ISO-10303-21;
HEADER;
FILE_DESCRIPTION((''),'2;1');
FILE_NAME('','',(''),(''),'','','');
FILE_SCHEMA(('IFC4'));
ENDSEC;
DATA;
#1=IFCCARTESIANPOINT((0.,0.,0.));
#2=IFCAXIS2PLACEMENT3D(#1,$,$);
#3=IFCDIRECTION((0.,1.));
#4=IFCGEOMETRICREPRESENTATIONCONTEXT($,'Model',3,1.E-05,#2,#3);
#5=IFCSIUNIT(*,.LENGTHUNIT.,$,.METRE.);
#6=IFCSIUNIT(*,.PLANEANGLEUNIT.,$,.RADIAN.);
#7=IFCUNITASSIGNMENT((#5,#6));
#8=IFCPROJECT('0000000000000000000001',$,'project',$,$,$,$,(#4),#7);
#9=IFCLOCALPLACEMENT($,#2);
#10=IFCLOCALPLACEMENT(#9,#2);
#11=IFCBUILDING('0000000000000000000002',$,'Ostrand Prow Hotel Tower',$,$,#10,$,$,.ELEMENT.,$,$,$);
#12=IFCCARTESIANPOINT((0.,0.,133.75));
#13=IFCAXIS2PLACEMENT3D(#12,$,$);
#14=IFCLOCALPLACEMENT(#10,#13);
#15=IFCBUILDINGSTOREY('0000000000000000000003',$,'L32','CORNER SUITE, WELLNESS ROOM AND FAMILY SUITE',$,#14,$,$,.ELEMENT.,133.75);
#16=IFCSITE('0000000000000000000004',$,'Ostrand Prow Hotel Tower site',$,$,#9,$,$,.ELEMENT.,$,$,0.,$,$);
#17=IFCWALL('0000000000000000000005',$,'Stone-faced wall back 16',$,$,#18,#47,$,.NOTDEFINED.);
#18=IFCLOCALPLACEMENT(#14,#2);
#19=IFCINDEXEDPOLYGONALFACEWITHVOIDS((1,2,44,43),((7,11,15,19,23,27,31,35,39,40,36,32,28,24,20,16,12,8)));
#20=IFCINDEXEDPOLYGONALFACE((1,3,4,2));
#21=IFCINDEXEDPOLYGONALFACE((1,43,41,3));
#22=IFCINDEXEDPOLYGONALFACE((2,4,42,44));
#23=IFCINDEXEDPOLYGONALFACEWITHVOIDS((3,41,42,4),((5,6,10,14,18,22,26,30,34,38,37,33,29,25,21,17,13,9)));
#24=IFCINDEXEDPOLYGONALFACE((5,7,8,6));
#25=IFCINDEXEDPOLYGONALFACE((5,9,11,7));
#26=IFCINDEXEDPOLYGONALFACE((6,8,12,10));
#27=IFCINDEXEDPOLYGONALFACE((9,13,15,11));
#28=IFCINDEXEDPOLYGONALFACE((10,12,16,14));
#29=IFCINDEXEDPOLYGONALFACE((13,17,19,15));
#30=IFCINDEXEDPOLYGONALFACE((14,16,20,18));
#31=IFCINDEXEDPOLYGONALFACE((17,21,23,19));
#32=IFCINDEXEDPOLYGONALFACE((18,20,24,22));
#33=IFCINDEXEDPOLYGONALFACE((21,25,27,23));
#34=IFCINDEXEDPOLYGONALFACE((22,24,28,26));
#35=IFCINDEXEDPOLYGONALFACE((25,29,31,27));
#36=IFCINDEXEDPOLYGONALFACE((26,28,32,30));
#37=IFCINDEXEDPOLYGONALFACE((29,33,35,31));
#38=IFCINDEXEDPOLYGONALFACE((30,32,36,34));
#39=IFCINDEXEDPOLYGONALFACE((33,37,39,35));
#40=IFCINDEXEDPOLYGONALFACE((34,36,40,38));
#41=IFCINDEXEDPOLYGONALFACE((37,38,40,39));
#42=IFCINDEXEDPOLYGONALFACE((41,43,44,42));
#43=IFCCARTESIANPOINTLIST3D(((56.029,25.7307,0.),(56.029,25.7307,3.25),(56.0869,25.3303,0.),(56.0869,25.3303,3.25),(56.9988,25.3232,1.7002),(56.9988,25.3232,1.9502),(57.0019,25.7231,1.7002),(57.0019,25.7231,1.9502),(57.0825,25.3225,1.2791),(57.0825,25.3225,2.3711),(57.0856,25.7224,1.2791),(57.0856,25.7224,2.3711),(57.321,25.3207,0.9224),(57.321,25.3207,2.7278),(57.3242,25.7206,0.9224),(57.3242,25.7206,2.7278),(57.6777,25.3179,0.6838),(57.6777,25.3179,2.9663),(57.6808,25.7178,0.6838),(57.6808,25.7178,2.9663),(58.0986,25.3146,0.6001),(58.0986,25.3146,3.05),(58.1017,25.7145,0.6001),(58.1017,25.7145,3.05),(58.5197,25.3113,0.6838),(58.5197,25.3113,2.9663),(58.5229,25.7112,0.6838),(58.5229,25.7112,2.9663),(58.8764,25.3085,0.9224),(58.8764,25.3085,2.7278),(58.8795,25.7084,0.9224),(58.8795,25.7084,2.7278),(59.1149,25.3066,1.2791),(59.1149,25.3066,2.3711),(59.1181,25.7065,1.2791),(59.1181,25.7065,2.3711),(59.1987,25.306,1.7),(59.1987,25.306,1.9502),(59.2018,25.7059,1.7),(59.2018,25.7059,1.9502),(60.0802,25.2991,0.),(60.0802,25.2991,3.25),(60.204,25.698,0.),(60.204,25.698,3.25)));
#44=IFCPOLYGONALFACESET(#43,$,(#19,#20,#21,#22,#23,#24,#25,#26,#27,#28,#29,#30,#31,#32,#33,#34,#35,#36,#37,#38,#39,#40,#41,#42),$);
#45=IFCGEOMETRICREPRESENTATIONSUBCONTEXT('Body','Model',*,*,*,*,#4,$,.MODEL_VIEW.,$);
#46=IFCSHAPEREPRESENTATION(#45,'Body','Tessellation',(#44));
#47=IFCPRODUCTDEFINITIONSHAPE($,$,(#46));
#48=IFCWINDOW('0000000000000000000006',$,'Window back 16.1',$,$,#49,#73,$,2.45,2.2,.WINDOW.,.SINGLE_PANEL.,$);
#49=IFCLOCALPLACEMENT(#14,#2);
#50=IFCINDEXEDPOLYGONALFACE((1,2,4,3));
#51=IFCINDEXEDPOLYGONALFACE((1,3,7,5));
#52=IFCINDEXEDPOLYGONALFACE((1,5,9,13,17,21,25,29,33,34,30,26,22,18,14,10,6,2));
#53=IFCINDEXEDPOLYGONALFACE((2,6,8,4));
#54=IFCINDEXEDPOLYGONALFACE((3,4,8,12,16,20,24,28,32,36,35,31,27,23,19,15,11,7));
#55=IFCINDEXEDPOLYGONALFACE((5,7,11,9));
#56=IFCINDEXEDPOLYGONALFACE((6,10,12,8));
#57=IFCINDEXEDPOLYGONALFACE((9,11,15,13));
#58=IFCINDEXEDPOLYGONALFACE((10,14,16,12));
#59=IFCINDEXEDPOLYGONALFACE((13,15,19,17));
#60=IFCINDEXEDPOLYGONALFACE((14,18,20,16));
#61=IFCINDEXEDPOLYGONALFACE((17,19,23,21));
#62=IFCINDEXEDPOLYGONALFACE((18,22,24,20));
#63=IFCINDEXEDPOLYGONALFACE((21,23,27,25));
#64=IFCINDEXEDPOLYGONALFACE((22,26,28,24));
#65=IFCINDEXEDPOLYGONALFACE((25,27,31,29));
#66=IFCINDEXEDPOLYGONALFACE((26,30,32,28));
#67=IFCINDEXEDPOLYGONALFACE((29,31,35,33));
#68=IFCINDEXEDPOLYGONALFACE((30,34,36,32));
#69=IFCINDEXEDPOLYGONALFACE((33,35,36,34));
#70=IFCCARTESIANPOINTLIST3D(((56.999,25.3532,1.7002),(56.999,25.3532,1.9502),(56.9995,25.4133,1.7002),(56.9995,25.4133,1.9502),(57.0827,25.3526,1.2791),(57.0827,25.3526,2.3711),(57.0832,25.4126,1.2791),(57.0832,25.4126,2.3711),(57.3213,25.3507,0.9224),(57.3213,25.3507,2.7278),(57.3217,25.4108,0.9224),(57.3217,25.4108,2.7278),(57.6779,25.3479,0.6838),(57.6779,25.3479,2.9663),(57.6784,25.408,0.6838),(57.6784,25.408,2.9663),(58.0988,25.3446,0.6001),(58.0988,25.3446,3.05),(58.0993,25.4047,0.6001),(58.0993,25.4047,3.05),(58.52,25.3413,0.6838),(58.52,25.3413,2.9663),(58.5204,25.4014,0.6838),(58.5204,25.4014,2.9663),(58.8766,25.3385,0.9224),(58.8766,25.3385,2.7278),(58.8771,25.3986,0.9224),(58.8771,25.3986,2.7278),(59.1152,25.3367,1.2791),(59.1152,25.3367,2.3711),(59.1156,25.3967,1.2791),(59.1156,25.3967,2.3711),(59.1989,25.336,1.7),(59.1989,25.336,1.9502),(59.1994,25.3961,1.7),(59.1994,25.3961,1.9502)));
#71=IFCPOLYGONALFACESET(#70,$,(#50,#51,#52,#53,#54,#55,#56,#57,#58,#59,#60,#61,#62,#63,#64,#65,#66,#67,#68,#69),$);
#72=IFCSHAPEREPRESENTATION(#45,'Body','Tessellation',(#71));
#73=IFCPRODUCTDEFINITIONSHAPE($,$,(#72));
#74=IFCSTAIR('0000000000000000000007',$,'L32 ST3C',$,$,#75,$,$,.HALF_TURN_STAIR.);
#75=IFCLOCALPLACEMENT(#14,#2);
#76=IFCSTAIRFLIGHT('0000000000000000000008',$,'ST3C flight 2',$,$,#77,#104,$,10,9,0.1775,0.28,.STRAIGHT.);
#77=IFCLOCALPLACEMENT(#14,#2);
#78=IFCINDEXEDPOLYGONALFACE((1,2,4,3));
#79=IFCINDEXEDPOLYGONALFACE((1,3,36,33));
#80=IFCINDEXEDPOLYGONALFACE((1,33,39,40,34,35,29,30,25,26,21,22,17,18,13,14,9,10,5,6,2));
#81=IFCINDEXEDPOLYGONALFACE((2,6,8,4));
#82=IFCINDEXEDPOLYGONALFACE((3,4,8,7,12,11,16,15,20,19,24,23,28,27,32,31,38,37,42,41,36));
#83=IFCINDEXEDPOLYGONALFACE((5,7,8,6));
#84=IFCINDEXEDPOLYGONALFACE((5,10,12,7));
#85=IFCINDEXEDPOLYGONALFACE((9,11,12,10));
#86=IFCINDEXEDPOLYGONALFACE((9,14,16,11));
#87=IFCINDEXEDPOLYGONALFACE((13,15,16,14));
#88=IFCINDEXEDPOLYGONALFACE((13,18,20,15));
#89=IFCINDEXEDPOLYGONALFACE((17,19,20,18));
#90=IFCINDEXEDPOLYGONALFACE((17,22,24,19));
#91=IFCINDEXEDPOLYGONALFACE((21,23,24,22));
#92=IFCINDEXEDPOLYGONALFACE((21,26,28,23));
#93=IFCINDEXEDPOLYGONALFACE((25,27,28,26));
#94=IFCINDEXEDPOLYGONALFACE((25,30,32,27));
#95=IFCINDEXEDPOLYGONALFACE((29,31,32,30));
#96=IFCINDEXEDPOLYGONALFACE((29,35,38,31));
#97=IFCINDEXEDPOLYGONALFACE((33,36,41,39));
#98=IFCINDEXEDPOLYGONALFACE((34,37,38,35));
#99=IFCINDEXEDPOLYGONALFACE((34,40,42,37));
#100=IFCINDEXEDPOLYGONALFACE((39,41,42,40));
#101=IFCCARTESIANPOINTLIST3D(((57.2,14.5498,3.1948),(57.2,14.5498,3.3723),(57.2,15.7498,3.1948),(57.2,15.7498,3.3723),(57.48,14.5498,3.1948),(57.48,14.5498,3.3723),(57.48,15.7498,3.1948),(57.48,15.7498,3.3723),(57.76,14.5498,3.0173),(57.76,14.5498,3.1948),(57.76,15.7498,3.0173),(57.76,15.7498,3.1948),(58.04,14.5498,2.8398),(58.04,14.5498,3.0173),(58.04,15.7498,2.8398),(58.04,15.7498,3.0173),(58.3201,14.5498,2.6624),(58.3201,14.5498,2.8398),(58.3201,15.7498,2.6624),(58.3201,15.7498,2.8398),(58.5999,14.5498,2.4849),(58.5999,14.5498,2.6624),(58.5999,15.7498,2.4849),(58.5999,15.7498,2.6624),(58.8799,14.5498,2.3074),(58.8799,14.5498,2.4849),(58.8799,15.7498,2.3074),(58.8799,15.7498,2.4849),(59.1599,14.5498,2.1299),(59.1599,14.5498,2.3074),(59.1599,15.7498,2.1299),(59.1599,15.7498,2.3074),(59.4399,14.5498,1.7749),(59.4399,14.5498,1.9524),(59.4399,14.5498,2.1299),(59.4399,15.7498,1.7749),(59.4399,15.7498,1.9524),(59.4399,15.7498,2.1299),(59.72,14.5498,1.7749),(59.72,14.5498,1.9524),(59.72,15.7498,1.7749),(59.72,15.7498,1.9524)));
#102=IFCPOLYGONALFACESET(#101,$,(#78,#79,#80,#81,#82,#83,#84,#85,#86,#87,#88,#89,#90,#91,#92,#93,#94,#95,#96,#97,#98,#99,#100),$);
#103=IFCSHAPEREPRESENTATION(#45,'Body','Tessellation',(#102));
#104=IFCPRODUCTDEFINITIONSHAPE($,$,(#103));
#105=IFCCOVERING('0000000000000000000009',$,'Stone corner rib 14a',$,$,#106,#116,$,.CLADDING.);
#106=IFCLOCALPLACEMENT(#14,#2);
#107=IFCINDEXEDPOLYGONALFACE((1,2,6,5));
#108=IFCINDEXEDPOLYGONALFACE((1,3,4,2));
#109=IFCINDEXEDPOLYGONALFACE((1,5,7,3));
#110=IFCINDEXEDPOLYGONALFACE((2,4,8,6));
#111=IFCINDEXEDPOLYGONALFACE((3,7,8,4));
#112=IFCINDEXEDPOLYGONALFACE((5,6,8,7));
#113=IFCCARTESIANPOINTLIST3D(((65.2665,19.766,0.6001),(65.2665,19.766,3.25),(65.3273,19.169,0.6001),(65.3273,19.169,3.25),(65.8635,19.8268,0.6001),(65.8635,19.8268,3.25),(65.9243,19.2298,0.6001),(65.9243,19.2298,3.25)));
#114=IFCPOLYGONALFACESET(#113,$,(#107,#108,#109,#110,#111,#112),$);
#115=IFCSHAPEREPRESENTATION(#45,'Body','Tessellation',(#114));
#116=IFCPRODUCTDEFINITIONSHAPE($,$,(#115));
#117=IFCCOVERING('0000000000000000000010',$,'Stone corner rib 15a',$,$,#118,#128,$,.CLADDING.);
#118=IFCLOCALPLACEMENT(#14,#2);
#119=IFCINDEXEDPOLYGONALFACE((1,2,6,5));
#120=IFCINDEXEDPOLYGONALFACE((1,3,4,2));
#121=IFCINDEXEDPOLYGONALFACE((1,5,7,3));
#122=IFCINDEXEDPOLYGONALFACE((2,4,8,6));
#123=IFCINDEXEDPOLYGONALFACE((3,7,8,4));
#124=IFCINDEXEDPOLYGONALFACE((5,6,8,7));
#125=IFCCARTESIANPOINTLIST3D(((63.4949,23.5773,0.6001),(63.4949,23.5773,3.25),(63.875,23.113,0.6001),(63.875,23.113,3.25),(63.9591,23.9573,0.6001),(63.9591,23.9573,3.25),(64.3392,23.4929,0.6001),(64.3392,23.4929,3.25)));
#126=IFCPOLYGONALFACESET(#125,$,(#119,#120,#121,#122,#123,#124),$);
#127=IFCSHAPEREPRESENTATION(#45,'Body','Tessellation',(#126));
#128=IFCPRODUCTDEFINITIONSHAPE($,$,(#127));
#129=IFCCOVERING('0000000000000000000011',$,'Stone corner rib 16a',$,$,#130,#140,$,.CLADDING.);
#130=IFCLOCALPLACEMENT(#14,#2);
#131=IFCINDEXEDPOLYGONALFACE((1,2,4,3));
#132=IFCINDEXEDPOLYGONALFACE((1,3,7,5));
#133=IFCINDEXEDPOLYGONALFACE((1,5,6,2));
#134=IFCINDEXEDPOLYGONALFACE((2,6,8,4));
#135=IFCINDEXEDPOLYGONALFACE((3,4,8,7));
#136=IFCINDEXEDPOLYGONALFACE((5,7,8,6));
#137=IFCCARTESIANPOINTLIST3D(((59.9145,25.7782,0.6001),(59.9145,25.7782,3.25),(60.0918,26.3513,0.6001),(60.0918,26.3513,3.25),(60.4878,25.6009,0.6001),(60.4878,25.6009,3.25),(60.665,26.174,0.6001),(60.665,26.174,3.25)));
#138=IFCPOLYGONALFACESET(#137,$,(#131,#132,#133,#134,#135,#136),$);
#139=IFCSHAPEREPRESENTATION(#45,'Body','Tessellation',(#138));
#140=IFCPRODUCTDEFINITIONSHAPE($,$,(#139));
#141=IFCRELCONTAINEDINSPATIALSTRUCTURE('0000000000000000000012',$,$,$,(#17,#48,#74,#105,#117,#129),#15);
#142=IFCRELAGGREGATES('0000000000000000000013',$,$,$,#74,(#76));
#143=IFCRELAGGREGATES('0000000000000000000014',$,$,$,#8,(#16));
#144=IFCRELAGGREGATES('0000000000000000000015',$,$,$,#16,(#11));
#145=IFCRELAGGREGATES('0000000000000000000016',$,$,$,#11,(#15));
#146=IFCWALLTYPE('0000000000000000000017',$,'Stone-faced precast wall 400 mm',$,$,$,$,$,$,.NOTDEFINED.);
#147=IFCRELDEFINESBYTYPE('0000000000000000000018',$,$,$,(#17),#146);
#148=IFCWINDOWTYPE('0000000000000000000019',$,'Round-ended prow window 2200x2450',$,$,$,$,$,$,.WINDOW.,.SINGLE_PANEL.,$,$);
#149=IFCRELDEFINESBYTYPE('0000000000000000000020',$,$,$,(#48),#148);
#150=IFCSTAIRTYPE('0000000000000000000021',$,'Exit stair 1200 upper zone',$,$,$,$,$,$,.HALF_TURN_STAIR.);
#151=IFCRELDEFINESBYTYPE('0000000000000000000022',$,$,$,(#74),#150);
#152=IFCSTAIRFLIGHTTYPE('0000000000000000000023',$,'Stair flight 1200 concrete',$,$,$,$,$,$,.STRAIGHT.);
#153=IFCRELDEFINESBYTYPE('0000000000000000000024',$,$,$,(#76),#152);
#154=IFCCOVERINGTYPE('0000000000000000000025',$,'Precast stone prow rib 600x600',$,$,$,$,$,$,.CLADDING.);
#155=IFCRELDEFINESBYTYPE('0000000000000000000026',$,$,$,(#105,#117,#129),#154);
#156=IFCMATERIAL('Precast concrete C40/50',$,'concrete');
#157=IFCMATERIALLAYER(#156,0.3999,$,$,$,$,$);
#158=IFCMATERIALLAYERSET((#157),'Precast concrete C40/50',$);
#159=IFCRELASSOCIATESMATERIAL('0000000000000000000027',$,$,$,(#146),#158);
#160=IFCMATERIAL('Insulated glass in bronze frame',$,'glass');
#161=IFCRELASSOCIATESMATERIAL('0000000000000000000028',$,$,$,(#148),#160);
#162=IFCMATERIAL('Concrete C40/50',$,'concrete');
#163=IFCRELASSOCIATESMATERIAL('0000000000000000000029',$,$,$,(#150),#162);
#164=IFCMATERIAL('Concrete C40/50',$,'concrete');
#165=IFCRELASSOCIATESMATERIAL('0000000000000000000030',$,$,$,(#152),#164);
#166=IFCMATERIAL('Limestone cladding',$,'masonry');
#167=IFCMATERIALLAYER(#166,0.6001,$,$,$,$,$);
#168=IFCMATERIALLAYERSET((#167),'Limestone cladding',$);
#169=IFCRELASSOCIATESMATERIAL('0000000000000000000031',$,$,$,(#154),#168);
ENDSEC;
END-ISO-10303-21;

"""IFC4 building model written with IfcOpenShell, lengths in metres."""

from ifc_helpers import new_model, si_unit, direction, frame, frame_2d, origin, place, context, subcontext, project, spatial, polyline, rectangle, outline, extrude, material, layer, layer_set, type_object, element, fill, aggregate, save


model = new_model("IFC4")

# Units and contexts
model_context = context("Model", 3, precision=1e-05, world=origin(), true_north=direction((0.0, 1.0)))
body_context = subcontext(model_context, "Body", "Model", "MODEL_VIEW")
ifc_project = project(units=[si_unit("LENGTHUNIT", "METRE"), si_unit("PLANEANGLEUNIT", "RADIAN")], contexts=[model_context])

# Site, building, storey
site_placement = place(None, origin())
site = spatial("IfcSite", under=ifc_project, at=site_placement, Name="Ostrand Prow Hotel Tower site", CompositionType="ELEMENT", RefElevation=0.0)
building_placement = place(site_placement, origin())
building = spatial("IfcBuilding", under=site, at=building_placement, Name="Ostrand Prow Hotel Tower", CompositionType="ELEMENT")
storey_placement = place(building_placement, frame((0.0, 0.0, 133.75)))
storey = spatial("IfcBuildingStorey", under=building, at=storey_placement, Name="L32", Description="CORNER SUITE, WELLNESS ROOM AND FAMILY SUITE", CompositionType="ELEMENT", Elevation=133.75)

# Shared definitions
ifc_material_1 = material(Name="Precast concrete C40/50", Category="concrete")
ifc_layer_1 = layer(ifc_material_1, 0.3999)
ifc_layer_set_1 = layer_set([ifc_layer_1], Name="Precast concrete C40/50")
wall_type_1 = type_object("IfcWallType", Name="Stone-faced precast wall 400 mm", PredefinedType="NOTDEFINED", material=ifc_layer_set_1)

# Wall, opening, window
ifc_material_2 = material(Name="Insulated glass in bronze frame", Category="glass")
window_type = type_object("IfcWindowType", Name="Round-ended prow window 2200x2450", PartitioningType="SINGLE_PANEL", PredefinedType="WINDOW", material=ifc_material_2)
wall_1_placement = place(storey_placement, frame((60.1421, 25.4985, 0.0), z_axis=(0.0, 0.0, 1.0), x_axis=(-0.999969, 0.007831, 0.0)))
wall_1 = element("IfcWall", 1, at=wall_1_placement, inside=storey, type_object=wall_type_1, Name="Stone-faced wall back 16", PredefinedType="NOTDEFINED", context=body_context, shape_type="SweptSolid", body=[
    extrude(outline(polyline([(-0.0603, -0.2), (4.1147, -0.2), (4.0537, 0.2), (0.0603, 0.2), (-0.0603, -0.2)])), origin(), (0.0, 0.0, 1.0), 3.25),
])
opening_1_placement = place(wall_1_placement, frame((0.9419, 0.0, 0.6001)))
opening_1 = element("IfcOpeningElement", 2, at=opening_1_placement, cuts=wall_1, PredefinedType="OPENING", context=body_context, shape_type="SweptSolid", body=[
    extrude(outline(polyline([(0.0, 1.3501), (0.0837, 1.771), (0.3223, 2.1277), (0.679, 2.3662), (1.1001, 2.45), (1.521, 2.3662), (1.8777, 2.1277), (2.1162, 1.771), (2.2, 1.3501), (2.2, 1.1001), (2.1162, 0.679), (1.8777, 0.3223), (1.521, 0.0837), (1.1001, 0.0), (0.679, 0.0837), (0.3223, 0.3223), (0.0837, 0.679), (0.0, 1.0999), (0.0, 1.3501)])), frame((0.0, 0.21, 0.0), z_axis=(0.0, -1.0, 0.0), x_axis=(1.0, 0.0, 0.0)), (0.0, 0.0, 1.0), 0.4199),
])
window_1_placement = place(opening_1_placement, origin())
window_1 = element("IfcWindow", 3, at=window_1_placement, inside=storey, type_object=window_type, Name="Window back 16.1", OverallHeight=2.45, OverallWidth=2.2, PartitioningType="SINGLE_PANEL", PredefinedType="WINDOW", context=body_context, shape_type="SweptSolid", body=[
    extrude(outline(polyline([(0.0, 1.3501), (0.0837, 1.771), (0.3223, 2.1277), (0.679, 2.3662), (1.1001, 2.45), (1.521, 2.3662), (1.8777, 2.1277), (2.1162, 1.771), (2.2, 1.3501), (2.2, 1.1001), (2.1162, 0.679), (1.8777, 0.3223), (1.521, 0.0837), (1.1001, 0.0), (0.679, 0.0837), (0.3223, 0.3223), (0.0837, 0.679), (0.0, 1.0999), (0.0, 1.3501)])), frame((0.0, 0.1699, 0.0), z_axis=(0.0, -1.0, 0.0), x_axis=(1.0, 0.0, 0.0)), (0.0, 0.0, 1.0), 0.0601),
])
fill(opening_1, window_1)

# Stair, stair flight
ifc_material_3 = material(Name="Concrete C40/50", Category="concrete")
stair_type = type_object("IfcStairType", Name="Exit stair 1200 upper zone", PredefinedType="HALF_TURN_STAIR", material=ifc_material_3)
stair_placement = place(storey_placement, origin())
stair = element("IfcStair", 4, at=stair_placement, inside=storey, type_object=stair_type, Name="L32 ST3C", PredefinedType="HALF_TURN_STAIR")
ifc_material_4 = material(Name="Concrete C40/50", Category="concrete")
stair_flight_type = type_object("IfcStairFlightType", Name="Stair flight 1200 concrete", PredefinedType="STRAIGHT", material=ifc_material_4)
stair_flight_placement = place(storey_placement, frame((59.72, 15.1499, 1.7749), z_axis=(0.0, 0.0, 1.0), x_axis=(-1.0, 0.0, 0.0)))
stair_flight = element("IfcStairFlight", 5, at=stair_flight_placement, type_object=stair_flight_type, Name="ST3C flight 2", NumberOfRisers=10, NumberOfTreads=9, PredefinedType="STRAIGHT", RiserHeight=0.1775, TreadLength=0.28, context=body_context, shape_type="SweptSolid", body=[
    extrude(outline(polyline([(0.0, 0.0), (0.0, 0.1775), (0.28, 0.1775), (0.28, 0.355), (0.5601, 0.355), (0.5601, 0.5325), (0.8401, 0.5325), (0.8401, 0.71), (1.1201, 0.71), (1.1201, 0.8875), (1.3999, 0.8875), (1.3999, 1.0649), (1.6799, 1.0649), (1.6799, 1.2424), (1.96, 1.2424), (1.96, 1.4199), (2.24, 1.4199), (2.24, 1.5974), (2.52, 1.5974), (2.52, 1.7749), (2.52, 1.4199), (0.28, 0.0), (0.0, 0.0)])), frame((0.0, 0.6001, 0.0), z_axis=(0.0, -1.0, 0.0), x_axis=(1.0, 0.0, 0.0)), (0.0, 0.0, 1.0), 1.2),
])
aggregate(stair, [stair_flight])

# Coverings
ifc_material_5 = material(Name="Limestone cladding", Category="masonry")
ifc_layer_2 = layer(ifc_material_5, 0.6001)
ifc_layer_set_2 = layer_set([ifc_layer_2], Name="Limestone cladding")
covering_type = type_object("IfcCoveringType", Name="Precast stone prow rib 600x600", PredefinedType="CLADDING", material=ifc_layer_set_2)
covering_placement = place(storey_placement, frame((65.2969, 19.4675, 0.6001), z_axis=(0.0, 0.0, 1.0), x_axis=(0.994854, 0.101316, 0.0)))
element("IfcCovering", 6, at=covering_placement, inside=storey, type_object=covering_type, Name="Stone corner rib 14a", PredefinedType="CLADDING", context=body_context, shape_type="SweptSolid", body=[
    extrude(rectangle(XDim=0.6001, YDim=0.6001, at=frame_2d((0.3, 0.0))), origin(), (0.0, 0.0, 1.0), 2.6499),
])
for number, where, z_axis, x_axis, name in (
    (7, (63.6851, 23.3452, 0.6001), (0.0, 0.0, 1.0), (0.77383, 0.633393, 0.0), "Stone corner rib 15a"),
    (8, (60.2012, 25.6897, 0.6001), (0.0, 0.0, 1.0), (0.295516, 0.955338, 0.0), "Stone corner rib 16a"),
):
    element("IfcCovering", number, at=place(storey_placement, frame(where, z_axis=z_axis, x_axis=x_axis)), inside=storey, type_object=covering_type, Name=name, PredefinedType="CLADDING", context=body_context, shape_type="SweptSolid", body=[
        extrude(rectangle(XDim=0.5999, YDim=0.6001, at=frame_2d((0.2998, 0.0))), origin(), (0.0, 0.0, 1.0), 2.6499),
    ])

save(model, "model.ifc")
